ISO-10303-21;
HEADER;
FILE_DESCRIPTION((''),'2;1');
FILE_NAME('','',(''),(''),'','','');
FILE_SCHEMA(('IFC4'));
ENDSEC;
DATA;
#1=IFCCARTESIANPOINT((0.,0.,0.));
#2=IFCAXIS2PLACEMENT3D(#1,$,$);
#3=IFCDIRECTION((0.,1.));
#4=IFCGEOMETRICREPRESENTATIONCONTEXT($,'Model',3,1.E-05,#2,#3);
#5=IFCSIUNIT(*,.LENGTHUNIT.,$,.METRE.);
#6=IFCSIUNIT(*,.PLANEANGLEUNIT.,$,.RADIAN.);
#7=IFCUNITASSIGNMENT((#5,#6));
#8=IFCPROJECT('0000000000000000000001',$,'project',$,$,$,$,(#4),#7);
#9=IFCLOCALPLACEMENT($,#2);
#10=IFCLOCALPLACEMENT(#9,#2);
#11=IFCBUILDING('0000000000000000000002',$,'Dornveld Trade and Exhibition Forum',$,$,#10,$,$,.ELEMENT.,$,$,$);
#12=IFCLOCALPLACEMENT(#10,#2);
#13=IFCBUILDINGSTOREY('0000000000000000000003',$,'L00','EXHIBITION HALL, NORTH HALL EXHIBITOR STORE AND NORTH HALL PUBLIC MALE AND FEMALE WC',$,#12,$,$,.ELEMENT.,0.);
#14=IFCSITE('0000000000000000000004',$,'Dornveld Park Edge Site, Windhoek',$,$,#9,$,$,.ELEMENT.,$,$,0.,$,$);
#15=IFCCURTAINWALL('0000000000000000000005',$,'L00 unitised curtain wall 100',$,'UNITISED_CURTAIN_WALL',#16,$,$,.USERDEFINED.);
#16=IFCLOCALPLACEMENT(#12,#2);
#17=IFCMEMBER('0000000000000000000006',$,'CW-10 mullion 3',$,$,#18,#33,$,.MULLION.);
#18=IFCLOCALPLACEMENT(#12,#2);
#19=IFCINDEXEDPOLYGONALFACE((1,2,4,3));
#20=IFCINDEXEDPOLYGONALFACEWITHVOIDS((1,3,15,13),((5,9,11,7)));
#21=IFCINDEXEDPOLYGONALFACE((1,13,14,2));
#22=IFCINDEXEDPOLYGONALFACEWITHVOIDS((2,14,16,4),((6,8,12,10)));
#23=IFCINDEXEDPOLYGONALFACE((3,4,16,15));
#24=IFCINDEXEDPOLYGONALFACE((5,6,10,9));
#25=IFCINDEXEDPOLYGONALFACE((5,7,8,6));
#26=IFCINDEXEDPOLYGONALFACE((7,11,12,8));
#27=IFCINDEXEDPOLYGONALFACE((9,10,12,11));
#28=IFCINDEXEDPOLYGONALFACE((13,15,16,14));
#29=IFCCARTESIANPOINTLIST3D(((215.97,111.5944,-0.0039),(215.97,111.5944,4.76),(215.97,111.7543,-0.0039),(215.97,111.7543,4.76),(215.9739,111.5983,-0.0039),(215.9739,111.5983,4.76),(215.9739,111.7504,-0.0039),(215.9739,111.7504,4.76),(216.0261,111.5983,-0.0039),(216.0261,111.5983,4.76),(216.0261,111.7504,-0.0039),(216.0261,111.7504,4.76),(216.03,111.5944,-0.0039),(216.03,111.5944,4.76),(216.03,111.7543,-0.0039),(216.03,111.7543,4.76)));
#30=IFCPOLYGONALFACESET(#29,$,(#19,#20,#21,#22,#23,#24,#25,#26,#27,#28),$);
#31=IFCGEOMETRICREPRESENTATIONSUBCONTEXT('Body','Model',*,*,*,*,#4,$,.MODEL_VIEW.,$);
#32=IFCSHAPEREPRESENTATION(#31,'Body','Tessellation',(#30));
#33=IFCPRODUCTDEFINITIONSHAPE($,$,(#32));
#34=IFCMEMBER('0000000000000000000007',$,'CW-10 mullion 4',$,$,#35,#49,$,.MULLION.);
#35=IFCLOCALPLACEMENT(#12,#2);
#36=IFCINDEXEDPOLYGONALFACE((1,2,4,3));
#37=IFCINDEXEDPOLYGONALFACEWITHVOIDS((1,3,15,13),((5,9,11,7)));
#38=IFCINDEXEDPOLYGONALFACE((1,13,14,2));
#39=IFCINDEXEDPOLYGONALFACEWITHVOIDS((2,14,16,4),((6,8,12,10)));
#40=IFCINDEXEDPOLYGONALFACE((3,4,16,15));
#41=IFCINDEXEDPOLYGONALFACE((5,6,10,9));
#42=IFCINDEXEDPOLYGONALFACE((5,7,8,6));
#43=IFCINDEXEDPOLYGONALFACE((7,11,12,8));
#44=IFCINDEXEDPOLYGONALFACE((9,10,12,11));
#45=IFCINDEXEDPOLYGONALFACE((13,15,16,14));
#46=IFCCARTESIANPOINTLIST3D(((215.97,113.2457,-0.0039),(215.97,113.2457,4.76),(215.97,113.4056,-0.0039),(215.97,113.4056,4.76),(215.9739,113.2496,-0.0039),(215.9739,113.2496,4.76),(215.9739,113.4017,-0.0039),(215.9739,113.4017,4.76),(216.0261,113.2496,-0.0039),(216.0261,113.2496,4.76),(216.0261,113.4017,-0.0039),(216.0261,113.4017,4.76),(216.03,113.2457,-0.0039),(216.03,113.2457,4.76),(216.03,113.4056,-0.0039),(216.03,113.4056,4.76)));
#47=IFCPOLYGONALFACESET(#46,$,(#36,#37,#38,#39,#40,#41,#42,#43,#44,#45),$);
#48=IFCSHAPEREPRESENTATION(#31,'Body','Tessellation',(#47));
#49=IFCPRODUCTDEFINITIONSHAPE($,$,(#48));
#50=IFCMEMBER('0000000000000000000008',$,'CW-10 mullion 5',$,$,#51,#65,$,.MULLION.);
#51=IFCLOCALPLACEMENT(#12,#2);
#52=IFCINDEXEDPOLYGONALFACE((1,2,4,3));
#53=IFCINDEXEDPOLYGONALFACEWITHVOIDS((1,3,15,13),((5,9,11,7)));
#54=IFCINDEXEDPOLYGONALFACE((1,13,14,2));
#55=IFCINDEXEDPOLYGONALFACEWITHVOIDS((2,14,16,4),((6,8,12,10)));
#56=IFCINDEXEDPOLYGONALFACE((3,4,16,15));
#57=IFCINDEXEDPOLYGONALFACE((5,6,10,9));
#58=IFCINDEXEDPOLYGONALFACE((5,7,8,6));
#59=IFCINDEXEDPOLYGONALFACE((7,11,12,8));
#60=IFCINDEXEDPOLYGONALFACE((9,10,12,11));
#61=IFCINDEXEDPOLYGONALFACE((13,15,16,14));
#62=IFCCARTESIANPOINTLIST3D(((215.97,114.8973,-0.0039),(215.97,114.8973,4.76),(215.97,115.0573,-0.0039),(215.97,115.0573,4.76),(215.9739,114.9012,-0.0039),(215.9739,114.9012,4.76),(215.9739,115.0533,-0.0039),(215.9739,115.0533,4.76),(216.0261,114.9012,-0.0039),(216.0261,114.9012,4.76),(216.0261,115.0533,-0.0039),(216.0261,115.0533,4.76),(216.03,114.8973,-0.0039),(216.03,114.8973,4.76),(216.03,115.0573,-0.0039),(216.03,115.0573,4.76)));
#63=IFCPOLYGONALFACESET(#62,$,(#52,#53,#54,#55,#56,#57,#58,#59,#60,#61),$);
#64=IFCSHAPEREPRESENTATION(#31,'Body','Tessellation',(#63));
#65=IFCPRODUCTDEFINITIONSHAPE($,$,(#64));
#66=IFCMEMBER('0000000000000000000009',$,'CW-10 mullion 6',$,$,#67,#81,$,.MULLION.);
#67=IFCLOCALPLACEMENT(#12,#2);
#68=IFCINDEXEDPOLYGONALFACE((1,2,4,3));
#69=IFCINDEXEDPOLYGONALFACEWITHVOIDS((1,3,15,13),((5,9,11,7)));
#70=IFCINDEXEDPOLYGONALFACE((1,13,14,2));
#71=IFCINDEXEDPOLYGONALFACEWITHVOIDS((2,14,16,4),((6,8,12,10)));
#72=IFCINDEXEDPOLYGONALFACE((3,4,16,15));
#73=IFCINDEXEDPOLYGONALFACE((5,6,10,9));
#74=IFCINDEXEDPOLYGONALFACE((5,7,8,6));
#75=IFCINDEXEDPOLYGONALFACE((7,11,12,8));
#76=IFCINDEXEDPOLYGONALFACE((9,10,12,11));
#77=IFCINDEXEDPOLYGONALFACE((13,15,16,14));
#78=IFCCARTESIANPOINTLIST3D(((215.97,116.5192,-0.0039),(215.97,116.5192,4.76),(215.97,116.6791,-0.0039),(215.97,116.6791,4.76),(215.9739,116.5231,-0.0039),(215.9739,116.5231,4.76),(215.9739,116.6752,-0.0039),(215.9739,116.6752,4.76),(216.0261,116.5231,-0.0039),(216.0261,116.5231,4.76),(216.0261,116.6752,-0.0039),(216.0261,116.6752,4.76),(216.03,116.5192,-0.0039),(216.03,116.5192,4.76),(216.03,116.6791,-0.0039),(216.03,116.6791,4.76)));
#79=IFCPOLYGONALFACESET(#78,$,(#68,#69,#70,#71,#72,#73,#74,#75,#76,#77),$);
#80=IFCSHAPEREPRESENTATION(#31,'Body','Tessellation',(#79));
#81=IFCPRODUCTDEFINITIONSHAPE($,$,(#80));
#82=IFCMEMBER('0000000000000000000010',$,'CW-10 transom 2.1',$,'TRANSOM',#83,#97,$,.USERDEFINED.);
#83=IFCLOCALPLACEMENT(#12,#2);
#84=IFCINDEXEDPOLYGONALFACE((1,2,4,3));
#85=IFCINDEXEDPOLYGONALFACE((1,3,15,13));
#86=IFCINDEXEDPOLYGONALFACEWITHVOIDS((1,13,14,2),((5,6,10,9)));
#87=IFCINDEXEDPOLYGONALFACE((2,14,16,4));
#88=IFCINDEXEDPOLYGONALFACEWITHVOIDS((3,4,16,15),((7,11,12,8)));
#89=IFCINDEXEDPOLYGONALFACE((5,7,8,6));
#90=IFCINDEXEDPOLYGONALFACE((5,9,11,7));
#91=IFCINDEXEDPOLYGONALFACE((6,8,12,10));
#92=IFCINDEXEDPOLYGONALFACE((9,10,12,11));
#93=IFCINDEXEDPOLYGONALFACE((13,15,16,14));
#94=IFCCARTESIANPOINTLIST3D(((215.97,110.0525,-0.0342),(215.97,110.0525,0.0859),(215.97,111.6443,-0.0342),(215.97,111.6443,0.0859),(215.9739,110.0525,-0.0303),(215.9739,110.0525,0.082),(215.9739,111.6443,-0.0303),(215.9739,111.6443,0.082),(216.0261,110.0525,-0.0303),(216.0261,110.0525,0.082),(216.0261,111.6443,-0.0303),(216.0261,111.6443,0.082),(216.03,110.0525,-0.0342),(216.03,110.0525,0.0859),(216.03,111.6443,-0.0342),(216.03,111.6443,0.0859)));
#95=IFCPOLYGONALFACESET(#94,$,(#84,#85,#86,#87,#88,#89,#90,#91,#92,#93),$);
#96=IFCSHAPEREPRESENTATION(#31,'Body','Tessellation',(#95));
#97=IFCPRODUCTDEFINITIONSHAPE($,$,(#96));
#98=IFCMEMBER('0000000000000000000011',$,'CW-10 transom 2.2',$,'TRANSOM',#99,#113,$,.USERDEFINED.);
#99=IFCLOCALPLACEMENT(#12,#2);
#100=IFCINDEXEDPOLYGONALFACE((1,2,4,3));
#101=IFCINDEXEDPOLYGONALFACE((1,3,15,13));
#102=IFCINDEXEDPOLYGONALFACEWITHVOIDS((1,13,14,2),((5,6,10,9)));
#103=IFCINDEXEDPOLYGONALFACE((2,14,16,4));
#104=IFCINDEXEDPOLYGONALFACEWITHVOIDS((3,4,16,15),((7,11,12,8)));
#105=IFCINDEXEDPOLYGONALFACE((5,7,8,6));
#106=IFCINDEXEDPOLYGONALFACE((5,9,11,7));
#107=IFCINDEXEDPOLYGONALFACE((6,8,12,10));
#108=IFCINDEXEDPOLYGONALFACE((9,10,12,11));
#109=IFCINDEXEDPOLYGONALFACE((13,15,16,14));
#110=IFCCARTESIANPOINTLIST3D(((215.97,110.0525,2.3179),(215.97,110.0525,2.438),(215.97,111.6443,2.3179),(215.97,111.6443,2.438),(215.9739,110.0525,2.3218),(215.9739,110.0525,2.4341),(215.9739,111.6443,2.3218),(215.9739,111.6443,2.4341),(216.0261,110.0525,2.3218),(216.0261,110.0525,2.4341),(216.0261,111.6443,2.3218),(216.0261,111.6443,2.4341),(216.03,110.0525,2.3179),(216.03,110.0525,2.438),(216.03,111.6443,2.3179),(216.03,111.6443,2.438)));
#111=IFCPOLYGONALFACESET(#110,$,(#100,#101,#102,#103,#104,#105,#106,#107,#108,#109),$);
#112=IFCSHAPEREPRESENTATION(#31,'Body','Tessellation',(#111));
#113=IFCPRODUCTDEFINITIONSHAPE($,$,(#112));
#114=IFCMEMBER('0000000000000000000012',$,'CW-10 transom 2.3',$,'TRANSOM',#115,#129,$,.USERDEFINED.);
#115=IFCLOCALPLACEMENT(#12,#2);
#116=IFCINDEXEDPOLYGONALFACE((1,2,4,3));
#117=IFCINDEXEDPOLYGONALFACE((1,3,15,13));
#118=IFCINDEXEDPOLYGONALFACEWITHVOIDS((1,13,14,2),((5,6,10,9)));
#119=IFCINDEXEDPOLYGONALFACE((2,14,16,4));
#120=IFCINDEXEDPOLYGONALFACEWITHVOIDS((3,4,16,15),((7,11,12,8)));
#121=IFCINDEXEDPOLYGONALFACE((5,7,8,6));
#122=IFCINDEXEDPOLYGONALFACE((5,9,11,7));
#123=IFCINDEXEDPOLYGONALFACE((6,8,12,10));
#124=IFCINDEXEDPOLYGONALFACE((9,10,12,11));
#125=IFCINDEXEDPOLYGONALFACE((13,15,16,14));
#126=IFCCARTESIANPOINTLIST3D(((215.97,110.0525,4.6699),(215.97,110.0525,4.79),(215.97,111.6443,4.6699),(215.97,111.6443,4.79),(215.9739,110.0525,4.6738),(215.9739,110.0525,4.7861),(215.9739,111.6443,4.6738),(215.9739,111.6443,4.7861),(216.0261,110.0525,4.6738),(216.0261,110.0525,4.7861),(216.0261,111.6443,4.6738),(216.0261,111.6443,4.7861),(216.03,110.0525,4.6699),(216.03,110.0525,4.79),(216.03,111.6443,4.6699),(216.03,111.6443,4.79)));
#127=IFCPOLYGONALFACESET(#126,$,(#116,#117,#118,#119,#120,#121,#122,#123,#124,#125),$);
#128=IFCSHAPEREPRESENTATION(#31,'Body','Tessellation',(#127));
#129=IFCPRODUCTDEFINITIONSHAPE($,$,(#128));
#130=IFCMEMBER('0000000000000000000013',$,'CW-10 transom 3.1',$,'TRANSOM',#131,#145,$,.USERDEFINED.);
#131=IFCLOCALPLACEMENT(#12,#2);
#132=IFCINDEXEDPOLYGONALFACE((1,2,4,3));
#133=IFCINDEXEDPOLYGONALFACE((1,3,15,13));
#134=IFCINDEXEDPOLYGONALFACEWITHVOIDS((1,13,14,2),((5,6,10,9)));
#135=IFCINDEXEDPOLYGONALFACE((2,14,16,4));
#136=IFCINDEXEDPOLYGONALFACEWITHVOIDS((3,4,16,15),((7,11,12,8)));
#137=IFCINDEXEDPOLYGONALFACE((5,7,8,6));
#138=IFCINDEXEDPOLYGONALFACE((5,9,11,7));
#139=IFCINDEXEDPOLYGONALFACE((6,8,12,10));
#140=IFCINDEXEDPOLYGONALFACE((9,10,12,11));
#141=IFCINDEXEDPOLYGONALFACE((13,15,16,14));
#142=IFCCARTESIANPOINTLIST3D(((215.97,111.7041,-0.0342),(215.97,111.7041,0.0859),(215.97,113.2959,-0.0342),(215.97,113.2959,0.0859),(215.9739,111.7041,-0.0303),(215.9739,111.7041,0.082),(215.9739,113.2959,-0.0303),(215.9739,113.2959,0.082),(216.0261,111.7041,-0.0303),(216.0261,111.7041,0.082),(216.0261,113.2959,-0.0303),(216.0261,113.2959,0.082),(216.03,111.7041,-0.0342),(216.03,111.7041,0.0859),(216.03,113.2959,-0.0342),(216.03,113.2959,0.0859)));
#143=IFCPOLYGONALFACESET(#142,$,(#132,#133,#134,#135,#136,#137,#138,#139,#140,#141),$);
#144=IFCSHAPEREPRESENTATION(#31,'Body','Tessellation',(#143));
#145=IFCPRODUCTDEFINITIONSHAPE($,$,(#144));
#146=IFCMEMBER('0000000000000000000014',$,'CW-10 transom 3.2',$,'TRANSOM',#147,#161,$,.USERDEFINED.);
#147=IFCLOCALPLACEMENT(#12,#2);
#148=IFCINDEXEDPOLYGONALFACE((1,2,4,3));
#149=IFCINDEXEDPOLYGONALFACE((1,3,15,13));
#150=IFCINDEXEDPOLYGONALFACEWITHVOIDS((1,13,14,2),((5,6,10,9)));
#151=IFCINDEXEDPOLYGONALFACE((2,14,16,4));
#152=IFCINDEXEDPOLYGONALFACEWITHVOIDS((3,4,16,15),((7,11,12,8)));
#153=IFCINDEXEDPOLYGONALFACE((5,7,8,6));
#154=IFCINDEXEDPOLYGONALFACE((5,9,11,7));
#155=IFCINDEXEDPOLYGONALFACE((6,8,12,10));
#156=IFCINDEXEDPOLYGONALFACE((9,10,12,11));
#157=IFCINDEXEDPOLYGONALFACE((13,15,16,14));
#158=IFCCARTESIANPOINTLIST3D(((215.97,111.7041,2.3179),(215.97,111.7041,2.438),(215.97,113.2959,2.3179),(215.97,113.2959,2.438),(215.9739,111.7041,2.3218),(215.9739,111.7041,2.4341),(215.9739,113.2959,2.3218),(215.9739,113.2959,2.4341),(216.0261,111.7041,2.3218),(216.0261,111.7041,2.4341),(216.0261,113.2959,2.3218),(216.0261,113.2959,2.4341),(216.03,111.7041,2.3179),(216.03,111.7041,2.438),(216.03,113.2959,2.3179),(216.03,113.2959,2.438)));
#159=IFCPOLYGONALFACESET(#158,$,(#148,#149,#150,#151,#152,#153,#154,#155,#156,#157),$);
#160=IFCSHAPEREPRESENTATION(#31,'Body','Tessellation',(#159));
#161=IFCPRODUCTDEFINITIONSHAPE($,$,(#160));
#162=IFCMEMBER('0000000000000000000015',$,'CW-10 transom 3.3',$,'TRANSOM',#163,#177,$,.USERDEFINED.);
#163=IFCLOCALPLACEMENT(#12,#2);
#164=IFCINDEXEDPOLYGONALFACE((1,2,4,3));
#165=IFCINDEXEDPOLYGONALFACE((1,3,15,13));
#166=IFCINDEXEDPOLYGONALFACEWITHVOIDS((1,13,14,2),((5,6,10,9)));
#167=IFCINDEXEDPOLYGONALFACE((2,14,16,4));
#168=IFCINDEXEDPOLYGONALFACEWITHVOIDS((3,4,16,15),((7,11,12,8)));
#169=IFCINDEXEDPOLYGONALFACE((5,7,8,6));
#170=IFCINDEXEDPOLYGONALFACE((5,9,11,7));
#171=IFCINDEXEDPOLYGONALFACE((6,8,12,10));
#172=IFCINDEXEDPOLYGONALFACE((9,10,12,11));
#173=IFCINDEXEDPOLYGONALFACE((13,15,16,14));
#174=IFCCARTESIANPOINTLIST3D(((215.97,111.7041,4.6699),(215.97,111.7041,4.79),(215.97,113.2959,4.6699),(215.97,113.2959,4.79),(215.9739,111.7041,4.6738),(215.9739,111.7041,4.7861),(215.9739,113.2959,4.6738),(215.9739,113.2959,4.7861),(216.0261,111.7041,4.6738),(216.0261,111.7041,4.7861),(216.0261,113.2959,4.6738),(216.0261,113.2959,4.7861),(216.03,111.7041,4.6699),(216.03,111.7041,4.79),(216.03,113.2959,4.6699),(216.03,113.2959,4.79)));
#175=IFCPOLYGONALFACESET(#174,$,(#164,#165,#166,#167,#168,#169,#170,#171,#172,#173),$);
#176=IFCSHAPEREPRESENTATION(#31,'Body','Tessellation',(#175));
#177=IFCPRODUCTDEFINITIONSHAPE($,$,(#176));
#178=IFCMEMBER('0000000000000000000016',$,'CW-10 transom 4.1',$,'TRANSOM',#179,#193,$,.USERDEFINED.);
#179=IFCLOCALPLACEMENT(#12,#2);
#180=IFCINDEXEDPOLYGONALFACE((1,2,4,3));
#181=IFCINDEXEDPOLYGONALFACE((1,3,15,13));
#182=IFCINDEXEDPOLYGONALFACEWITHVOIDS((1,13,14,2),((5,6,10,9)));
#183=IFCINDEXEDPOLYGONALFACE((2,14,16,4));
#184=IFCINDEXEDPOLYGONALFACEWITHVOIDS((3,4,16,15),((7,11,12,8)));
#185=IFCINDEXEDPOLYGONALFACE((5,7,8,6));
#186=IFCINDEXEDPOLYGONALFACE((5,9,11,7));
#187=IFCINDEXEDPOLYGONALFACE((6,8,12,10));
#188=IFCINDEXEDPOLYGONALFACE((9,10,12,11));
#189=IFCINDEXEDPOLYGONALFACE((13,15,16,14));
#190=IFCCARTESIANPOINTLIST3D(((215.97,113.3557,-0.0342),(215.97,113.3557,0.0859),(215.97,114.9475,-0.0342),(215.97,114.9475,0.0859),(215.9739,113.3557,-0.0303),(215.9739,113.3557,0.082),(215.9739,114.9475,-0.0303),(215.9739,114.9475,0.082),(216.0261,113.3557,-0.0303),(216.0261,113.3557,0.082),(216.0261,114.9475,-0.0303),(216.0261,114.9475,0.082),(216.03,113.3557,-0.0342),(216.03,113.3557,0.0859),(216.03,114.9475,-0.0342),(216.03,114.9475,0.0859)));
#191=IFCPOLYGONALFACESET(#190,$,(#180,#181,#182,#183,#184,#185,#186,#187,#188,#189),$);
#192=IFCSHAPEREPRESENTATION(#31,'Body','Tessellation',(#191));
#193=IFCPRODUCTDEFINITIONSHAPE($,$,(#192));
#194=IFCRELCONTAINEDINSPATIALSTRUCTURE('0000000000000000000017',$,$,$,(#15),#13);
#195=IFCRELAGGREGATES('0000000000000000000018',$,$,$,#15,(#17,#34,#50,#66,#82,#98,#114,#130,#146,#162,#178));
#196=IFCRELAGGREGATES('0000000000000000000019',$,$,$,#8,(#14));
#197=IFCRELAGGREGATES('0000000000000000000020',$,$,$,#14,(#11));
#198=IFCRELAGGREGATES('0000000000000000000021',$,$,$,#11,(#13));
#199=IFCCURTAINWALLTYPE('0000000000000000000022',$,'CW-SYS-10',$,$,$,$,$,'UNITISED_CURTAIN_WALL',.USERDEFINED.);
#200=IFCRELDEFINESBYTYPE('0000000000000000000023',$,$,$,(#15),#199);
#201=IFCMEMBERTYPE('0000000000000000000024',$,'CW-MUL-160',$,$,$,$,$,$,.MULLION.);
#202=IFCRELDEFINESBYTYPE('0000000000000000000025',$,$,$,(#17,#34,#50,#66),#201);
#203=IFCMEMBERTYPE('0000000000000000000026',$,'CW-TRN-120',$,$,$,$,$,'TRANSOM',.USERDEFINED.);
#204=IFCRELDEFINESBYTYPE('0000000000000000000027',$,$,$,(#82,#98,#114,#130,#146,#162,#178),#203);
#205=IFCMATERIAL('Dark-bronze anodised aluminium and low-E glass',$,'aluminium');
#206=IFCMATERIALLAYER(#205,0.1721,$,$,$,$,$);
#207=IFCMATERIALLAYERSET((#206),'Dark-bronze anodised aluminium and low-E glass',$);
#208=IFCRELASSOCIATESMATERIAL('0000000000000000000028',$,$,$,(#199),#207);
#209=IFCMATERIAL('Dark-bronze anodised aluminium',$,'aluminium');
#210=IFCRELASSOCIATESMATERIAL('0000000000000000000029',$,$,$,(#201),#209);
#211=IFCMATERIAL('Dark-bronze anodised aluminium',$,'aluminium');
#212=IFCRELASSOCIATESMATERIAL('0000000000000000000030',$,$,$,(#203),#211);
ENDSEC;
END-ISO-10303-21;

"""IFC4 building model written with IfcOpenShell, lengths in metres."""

from ifc_helpers import new_model, si_unit, direction, frame, origin, origin_2d, place, context, subcontext, project, spatial, hollow_rectangle, extrude, material, layer, layer_set, material_profile, profile_set, type_object, element, aggregate, save


model = new_model("IFC4")

# Units and contexts
model_context = context("Model", 3, precision=1e-05, world=origin(), true_north=direction((0.0, 1.0)))
body_context = subcontext(model_context, "Body", "Model", "MODEL_VIEW")
ifc_project = project(units=[si_unit("LENGTHUNIT", "METRE"), si_unit("PLANEANGLEUNIT", "RADIAN")], contexts=[model_context])

# Site, building, storey
site_placement = place(None, origin())
site = spatial("IfcSite", under=ifc_project, at=site_placement, Name="Dornveld Park Edge Site, Windhoek", CompositionType="ELEMENT", RefElevation=0.0)
building_placement = place(site_placement, origin())
building = spatial("IfcBuilding", under=site, at=building_placement, Name="Dornveld Trade and Exhibition Forum", CompositionType="ELEMENT")
storey_placement = place(building_placement, origin())
storey = spatial("IfcBuildingStorey", under=building, at=storey_placement, Name="L00", Description="EXHIBITION HALL, NORTH HALL EXHIBITOR STORE AND NORTH HALL PUBLIC MALE AND FEMALE WC", CompositionType="ELEMENT", Elevation=0.0)

# Curtain wall, members
ifc_material_1 = material(Name="Dark-bronze anodised aluminium and low-E glass", Category="aluminium")
ifc_layer_1 = layer(ifc_material_1, 0.1721)
ifc_layer_set_1 = layer_set([ifc_layer_1], Name="Dark-bronze anodised aluminium and low-E glass")
curtain_wall_type = type_object("IfcCurtainWallType", Name="CW-SYS-10", ElementType="UNITISED_CURTAIN_WALL", PredefinedType="USERDEFINED", material=ifc_layer_set_1)
curtain_wall_placement = place(storey_placement, origin())
curtain_wall = element("IfcCurtainWall", 1, at=curtain_wall_placement, inside=storey, type_object=curtain_wall_type, Name="L00 unitised curtain wall 100", ObjectType="UNITISED_CURTAIN_WALL", PredefinedType="USERDEFINED")
ifc_material_2 = material(Name="Dark-bronze anodised aluminium", Category="aluminium")
ifc_material_profile_1 = material_profile(ifc_material_2, hollow_rectangle(XDim=0.0601, YDim=0.1599, WallThickness=0.0039, at=origin_2d()), Name="RHS 160x60x4")
ifc_profile_set_1 = profile_set([ifc_material_profile_1], Name="Dark-bronze anodised aluminium")
member_type_1 = type_object("IfcMemberType", Name="CW-MUL-160", PredefinedType="MULLION", material=ifc_profile_set_1)
member_1_placement = place(storey_placement, frame((216.0, 111.6743, -0.0039), z_axis=(0.0, 0.0, 1.0), x_axis=(-1.0, 0.0, 0.0)))
member_1 = element("IfcMember", 2, at=member_1_placement, type_object=member_type_1, Name="CW-10 mullion 3", PredefinedType="MULLION", context=body_context, shape_type="SweptSolid", body=[
    extrude(hollow_rectangle(XDim=0.0601, YDim=0.1599, WallThickness=0.0039, at=origin_2d()), origin(), (0.0, 0.0, 1.0), 4.7639),
])
member_2_placement = place(storey_placement, frame((216.0, 113.3257, -0.0039), z_axis=(0.0, 0.0, 1.0), x_axis=(-1.0, 0.0, 0.0)))
member_2 = element("IfcMember", 3, at=member_2_placement, type_object=member_type_1, Name="CW-10 mullion 4", PredefinedType="MULLION", context=body_context, shape_type="SweptSolid", body=[
    extrude(hollow_rectangle(XDim=0.0601, YDim=0.1599, WallThickness=0.0039, at=origin_2d()), origin(), (0.0, 0.0, 1.0), 4.7639),
])
member_3_placement = place(storey_placement, frame((216.0, 114.9773, -0.0039), z_axis=(0.0, 0.0, 1.0), x_axis=(-1.0, 0.0, 0.0)))
member_3 = element("IfcMember", 4, at=member_3_placement, type_object=member_type_1, Name="CW-10 mullion 5", PredefinedType="MULLION", context=body_context, shape_type="SweptSolid", body=[
    extrude(hollow_rectangle(XDim=0.0601, YDim=0.1599, WallThickness=0.0039, at=origin_2d()), origin(), (0.0, 0.0, 1.0), 4.7639),
])
member_4_placement = place(storey_placement, frame((216.0, 116.5991, -0.0039), z_axis=(0.0, 0.0, 1.0), x_axis=(-1.0, 0.0, 0.0)))
member_4 = element("IfcMember", 5, at=member_4_placement, type_object=member_type_1, Name="CW-10 mullion 6", PredefinedType="MULLION", context=body_context, shape_type="SweptSolid", body=[
    extrude(hollow_rectangle(XDim=0.0601, YDim=0.1599, WallThickness=0.0039, at=origin_2d()), origin(), (0.0, 0.0, 1.0), 4.7639),
])
ifc_material_3 = material(Name="Dark-bronze anodised aluminium", Category="aluminium")
ifc_material_profile_2 = material_profile(ifc_material_3, hollow_rectangle(XDim=0.0601, YDim=0.1201, WallThickness=0.0039, at=origin_2d()), Name="RHS 120x60x4")
ifc_profile_set_2 = profile_set([ifc_material_profile_2], Name="Dark-bronze anodised aluminium")
member_type_2 = type_object("IfcMemberType", Name="CW-TRN-120", ElementType="TRANSOM", PredefinedType="USERDEFINED", material=ifc_profile_set_2)
member_5_placement = place(storey_placement, frame((216.0, 110.0525, 0.0259), z_axis=(0.0, 1.0, 0.0), x_axis=(-1.0, 0.0, 0.0)))
member_5 = element("IfcMember", 6, at=member_5_placement, type_object=member_type_2, Name="CW-10 transom 2.1", ObjectType="TRANSOM", PredefinedType="USERDEFINED", context=body_context, shape_type="SweptSolid", body=[
    extrude(hollow_rectangle(XDim=0.0601, YDim=0.1201, WallThickness=0.0039, at=origin_2d()), origin(), (0.0, 0.0, 1.0), 1.5918),
])
member_6_placement = place(storey_placement, frame((216.0, 110.0525, 2.3779), z_axis=(0.0, 1.0, 0.0), x_axis=(-1.0, 0.0, 0.0)))
member_6 = element("IfcMember", 7, at=member_6_placement, type_object=member_type_2, Name="CW-10 transom 2.2", ObjectType="TRANSOM", PredefinedType="USERDEFINED", context=body_context, shape_type="SweptSolid", body=[
    extrude(hollow_rectangle(XDim=0.0601, YDim=0.1201, WallThickness=0.0039, at=origin_2d()), origin(), (0.0, 0.0, 1.0), 1.5918),
])
member_7_placement = place(storey_placement, frame((216.0, 110.0525, 4.73), z_axis=(0.0, 1.0, 0.0), x_axis=(-1.0, 0.0, 0.0)))
member_7 = element("IfcMember", 8, at=member_7_placement, type_object=member_type_2, Name="CW-10 transom 2.3", ObjectType="TRANSOM", PredefinedType="USERDEFINED", context=body_context, shape_type="SweptSolid", body=[
    extrude(hollow_rectangle(XDim=0.0601, YDim=0.1201, WallThickness=0.0039, at=origin_2d()), origin(), (0.0, 0.0, 1.0), 1.5918),
])
member_8_placement = place(storey_placement, frame((216.0, 111.7041, 0.0259), z_axis=(0.0, 1.0, 0.0), x_axis=(-1.0, 0.0, 0.0)))
member_8 = element("IfcMember", 9, at=member_8_placement, type_object=member_type_2, Name="CW-10 transom 3.1", ObjectType="TRANSOM", PredefinedType="USERDEFINED", context=body_context, shape_type="SweptSolid", body=[
    extrude(hollow_rectangle(XDim=0.0601, YDim=0.1201, WallThickness=0.0039, at=origin_2d()), origin(), (0.0, 0.0, 1.0), 1.5918),
])
member_9_placement = place(storey_placement, frame((216.0, 111.7041, 2.3779), z_axis=(0.0, 1.0, 0.0), x_axis=(-1.0, 0.0, 0.0)))
member_9 = element("IfcMember", 10, at=member_9_placement, type_object=member_type_2, Name="CW-10 transom 3.2", ObjectType="TRANSOM", PredefinedType="USERDEFINED", context=body_context, shape_type="SweptSolid", body=[
    extrude(hollow_rectangle(XDim=0.0601, YDim=0.1201, WallThickness=0.0039, at=origin_2d()), origin(), (0.0, 0.0, 1.0), 1.5918),
])
member_10_placement = place(storey_placement, frame((216.0, 111.7041, 4.73), z_axis=(0.0, 1.0, 0.0), x_axis=(-1.0, 0.0, 0.0)))
member_10 = element("IfcMember", 11, at=member_10_placement, type_object=member_type_2, Name="CW-10 transom 3.3", ObjectType="TRANSOM", PredefinedType="USERDEFINED", context=body_context, shape_type="SweptSolid", body=[
    extrude(hollow_rectangle(XDim=0.0601, YDim=0.1201, WallThickness=0.0039, at=origin_2d()), origin(), (0.0, 0.0, 1.0), 1.5918),
])
member_11_placement = place(storey_placement, frame((216.0, 113.3557, 0.0259), z_axis=(0.0, 1.0, 0.0), x_axis=(-1.0, 0.0, 0.0)))
member_11 = element("IfcMember", 12, at=member_11_placement, type_object=member_type_2, Name="CW-10 transom 4.1", ObjectType="TRANSOM", PredefinedType="USERDEFINED", context=body_context, shape_type="SweptSolid", body=[
    extrude(hollow_rectangle(XDim=0.0601, YDim=0.1201, WallThickness=0.0039, at=origin_2d()), origin(), (0.0, 0.0, 1.0), 1.5918),
])
aggregate(curtain_wall, [member_1, member_2, member_3, member_4, member_5, member_6, member_7, member_8, member_9, member_10, member_11])

save(model, "model.ifc")
